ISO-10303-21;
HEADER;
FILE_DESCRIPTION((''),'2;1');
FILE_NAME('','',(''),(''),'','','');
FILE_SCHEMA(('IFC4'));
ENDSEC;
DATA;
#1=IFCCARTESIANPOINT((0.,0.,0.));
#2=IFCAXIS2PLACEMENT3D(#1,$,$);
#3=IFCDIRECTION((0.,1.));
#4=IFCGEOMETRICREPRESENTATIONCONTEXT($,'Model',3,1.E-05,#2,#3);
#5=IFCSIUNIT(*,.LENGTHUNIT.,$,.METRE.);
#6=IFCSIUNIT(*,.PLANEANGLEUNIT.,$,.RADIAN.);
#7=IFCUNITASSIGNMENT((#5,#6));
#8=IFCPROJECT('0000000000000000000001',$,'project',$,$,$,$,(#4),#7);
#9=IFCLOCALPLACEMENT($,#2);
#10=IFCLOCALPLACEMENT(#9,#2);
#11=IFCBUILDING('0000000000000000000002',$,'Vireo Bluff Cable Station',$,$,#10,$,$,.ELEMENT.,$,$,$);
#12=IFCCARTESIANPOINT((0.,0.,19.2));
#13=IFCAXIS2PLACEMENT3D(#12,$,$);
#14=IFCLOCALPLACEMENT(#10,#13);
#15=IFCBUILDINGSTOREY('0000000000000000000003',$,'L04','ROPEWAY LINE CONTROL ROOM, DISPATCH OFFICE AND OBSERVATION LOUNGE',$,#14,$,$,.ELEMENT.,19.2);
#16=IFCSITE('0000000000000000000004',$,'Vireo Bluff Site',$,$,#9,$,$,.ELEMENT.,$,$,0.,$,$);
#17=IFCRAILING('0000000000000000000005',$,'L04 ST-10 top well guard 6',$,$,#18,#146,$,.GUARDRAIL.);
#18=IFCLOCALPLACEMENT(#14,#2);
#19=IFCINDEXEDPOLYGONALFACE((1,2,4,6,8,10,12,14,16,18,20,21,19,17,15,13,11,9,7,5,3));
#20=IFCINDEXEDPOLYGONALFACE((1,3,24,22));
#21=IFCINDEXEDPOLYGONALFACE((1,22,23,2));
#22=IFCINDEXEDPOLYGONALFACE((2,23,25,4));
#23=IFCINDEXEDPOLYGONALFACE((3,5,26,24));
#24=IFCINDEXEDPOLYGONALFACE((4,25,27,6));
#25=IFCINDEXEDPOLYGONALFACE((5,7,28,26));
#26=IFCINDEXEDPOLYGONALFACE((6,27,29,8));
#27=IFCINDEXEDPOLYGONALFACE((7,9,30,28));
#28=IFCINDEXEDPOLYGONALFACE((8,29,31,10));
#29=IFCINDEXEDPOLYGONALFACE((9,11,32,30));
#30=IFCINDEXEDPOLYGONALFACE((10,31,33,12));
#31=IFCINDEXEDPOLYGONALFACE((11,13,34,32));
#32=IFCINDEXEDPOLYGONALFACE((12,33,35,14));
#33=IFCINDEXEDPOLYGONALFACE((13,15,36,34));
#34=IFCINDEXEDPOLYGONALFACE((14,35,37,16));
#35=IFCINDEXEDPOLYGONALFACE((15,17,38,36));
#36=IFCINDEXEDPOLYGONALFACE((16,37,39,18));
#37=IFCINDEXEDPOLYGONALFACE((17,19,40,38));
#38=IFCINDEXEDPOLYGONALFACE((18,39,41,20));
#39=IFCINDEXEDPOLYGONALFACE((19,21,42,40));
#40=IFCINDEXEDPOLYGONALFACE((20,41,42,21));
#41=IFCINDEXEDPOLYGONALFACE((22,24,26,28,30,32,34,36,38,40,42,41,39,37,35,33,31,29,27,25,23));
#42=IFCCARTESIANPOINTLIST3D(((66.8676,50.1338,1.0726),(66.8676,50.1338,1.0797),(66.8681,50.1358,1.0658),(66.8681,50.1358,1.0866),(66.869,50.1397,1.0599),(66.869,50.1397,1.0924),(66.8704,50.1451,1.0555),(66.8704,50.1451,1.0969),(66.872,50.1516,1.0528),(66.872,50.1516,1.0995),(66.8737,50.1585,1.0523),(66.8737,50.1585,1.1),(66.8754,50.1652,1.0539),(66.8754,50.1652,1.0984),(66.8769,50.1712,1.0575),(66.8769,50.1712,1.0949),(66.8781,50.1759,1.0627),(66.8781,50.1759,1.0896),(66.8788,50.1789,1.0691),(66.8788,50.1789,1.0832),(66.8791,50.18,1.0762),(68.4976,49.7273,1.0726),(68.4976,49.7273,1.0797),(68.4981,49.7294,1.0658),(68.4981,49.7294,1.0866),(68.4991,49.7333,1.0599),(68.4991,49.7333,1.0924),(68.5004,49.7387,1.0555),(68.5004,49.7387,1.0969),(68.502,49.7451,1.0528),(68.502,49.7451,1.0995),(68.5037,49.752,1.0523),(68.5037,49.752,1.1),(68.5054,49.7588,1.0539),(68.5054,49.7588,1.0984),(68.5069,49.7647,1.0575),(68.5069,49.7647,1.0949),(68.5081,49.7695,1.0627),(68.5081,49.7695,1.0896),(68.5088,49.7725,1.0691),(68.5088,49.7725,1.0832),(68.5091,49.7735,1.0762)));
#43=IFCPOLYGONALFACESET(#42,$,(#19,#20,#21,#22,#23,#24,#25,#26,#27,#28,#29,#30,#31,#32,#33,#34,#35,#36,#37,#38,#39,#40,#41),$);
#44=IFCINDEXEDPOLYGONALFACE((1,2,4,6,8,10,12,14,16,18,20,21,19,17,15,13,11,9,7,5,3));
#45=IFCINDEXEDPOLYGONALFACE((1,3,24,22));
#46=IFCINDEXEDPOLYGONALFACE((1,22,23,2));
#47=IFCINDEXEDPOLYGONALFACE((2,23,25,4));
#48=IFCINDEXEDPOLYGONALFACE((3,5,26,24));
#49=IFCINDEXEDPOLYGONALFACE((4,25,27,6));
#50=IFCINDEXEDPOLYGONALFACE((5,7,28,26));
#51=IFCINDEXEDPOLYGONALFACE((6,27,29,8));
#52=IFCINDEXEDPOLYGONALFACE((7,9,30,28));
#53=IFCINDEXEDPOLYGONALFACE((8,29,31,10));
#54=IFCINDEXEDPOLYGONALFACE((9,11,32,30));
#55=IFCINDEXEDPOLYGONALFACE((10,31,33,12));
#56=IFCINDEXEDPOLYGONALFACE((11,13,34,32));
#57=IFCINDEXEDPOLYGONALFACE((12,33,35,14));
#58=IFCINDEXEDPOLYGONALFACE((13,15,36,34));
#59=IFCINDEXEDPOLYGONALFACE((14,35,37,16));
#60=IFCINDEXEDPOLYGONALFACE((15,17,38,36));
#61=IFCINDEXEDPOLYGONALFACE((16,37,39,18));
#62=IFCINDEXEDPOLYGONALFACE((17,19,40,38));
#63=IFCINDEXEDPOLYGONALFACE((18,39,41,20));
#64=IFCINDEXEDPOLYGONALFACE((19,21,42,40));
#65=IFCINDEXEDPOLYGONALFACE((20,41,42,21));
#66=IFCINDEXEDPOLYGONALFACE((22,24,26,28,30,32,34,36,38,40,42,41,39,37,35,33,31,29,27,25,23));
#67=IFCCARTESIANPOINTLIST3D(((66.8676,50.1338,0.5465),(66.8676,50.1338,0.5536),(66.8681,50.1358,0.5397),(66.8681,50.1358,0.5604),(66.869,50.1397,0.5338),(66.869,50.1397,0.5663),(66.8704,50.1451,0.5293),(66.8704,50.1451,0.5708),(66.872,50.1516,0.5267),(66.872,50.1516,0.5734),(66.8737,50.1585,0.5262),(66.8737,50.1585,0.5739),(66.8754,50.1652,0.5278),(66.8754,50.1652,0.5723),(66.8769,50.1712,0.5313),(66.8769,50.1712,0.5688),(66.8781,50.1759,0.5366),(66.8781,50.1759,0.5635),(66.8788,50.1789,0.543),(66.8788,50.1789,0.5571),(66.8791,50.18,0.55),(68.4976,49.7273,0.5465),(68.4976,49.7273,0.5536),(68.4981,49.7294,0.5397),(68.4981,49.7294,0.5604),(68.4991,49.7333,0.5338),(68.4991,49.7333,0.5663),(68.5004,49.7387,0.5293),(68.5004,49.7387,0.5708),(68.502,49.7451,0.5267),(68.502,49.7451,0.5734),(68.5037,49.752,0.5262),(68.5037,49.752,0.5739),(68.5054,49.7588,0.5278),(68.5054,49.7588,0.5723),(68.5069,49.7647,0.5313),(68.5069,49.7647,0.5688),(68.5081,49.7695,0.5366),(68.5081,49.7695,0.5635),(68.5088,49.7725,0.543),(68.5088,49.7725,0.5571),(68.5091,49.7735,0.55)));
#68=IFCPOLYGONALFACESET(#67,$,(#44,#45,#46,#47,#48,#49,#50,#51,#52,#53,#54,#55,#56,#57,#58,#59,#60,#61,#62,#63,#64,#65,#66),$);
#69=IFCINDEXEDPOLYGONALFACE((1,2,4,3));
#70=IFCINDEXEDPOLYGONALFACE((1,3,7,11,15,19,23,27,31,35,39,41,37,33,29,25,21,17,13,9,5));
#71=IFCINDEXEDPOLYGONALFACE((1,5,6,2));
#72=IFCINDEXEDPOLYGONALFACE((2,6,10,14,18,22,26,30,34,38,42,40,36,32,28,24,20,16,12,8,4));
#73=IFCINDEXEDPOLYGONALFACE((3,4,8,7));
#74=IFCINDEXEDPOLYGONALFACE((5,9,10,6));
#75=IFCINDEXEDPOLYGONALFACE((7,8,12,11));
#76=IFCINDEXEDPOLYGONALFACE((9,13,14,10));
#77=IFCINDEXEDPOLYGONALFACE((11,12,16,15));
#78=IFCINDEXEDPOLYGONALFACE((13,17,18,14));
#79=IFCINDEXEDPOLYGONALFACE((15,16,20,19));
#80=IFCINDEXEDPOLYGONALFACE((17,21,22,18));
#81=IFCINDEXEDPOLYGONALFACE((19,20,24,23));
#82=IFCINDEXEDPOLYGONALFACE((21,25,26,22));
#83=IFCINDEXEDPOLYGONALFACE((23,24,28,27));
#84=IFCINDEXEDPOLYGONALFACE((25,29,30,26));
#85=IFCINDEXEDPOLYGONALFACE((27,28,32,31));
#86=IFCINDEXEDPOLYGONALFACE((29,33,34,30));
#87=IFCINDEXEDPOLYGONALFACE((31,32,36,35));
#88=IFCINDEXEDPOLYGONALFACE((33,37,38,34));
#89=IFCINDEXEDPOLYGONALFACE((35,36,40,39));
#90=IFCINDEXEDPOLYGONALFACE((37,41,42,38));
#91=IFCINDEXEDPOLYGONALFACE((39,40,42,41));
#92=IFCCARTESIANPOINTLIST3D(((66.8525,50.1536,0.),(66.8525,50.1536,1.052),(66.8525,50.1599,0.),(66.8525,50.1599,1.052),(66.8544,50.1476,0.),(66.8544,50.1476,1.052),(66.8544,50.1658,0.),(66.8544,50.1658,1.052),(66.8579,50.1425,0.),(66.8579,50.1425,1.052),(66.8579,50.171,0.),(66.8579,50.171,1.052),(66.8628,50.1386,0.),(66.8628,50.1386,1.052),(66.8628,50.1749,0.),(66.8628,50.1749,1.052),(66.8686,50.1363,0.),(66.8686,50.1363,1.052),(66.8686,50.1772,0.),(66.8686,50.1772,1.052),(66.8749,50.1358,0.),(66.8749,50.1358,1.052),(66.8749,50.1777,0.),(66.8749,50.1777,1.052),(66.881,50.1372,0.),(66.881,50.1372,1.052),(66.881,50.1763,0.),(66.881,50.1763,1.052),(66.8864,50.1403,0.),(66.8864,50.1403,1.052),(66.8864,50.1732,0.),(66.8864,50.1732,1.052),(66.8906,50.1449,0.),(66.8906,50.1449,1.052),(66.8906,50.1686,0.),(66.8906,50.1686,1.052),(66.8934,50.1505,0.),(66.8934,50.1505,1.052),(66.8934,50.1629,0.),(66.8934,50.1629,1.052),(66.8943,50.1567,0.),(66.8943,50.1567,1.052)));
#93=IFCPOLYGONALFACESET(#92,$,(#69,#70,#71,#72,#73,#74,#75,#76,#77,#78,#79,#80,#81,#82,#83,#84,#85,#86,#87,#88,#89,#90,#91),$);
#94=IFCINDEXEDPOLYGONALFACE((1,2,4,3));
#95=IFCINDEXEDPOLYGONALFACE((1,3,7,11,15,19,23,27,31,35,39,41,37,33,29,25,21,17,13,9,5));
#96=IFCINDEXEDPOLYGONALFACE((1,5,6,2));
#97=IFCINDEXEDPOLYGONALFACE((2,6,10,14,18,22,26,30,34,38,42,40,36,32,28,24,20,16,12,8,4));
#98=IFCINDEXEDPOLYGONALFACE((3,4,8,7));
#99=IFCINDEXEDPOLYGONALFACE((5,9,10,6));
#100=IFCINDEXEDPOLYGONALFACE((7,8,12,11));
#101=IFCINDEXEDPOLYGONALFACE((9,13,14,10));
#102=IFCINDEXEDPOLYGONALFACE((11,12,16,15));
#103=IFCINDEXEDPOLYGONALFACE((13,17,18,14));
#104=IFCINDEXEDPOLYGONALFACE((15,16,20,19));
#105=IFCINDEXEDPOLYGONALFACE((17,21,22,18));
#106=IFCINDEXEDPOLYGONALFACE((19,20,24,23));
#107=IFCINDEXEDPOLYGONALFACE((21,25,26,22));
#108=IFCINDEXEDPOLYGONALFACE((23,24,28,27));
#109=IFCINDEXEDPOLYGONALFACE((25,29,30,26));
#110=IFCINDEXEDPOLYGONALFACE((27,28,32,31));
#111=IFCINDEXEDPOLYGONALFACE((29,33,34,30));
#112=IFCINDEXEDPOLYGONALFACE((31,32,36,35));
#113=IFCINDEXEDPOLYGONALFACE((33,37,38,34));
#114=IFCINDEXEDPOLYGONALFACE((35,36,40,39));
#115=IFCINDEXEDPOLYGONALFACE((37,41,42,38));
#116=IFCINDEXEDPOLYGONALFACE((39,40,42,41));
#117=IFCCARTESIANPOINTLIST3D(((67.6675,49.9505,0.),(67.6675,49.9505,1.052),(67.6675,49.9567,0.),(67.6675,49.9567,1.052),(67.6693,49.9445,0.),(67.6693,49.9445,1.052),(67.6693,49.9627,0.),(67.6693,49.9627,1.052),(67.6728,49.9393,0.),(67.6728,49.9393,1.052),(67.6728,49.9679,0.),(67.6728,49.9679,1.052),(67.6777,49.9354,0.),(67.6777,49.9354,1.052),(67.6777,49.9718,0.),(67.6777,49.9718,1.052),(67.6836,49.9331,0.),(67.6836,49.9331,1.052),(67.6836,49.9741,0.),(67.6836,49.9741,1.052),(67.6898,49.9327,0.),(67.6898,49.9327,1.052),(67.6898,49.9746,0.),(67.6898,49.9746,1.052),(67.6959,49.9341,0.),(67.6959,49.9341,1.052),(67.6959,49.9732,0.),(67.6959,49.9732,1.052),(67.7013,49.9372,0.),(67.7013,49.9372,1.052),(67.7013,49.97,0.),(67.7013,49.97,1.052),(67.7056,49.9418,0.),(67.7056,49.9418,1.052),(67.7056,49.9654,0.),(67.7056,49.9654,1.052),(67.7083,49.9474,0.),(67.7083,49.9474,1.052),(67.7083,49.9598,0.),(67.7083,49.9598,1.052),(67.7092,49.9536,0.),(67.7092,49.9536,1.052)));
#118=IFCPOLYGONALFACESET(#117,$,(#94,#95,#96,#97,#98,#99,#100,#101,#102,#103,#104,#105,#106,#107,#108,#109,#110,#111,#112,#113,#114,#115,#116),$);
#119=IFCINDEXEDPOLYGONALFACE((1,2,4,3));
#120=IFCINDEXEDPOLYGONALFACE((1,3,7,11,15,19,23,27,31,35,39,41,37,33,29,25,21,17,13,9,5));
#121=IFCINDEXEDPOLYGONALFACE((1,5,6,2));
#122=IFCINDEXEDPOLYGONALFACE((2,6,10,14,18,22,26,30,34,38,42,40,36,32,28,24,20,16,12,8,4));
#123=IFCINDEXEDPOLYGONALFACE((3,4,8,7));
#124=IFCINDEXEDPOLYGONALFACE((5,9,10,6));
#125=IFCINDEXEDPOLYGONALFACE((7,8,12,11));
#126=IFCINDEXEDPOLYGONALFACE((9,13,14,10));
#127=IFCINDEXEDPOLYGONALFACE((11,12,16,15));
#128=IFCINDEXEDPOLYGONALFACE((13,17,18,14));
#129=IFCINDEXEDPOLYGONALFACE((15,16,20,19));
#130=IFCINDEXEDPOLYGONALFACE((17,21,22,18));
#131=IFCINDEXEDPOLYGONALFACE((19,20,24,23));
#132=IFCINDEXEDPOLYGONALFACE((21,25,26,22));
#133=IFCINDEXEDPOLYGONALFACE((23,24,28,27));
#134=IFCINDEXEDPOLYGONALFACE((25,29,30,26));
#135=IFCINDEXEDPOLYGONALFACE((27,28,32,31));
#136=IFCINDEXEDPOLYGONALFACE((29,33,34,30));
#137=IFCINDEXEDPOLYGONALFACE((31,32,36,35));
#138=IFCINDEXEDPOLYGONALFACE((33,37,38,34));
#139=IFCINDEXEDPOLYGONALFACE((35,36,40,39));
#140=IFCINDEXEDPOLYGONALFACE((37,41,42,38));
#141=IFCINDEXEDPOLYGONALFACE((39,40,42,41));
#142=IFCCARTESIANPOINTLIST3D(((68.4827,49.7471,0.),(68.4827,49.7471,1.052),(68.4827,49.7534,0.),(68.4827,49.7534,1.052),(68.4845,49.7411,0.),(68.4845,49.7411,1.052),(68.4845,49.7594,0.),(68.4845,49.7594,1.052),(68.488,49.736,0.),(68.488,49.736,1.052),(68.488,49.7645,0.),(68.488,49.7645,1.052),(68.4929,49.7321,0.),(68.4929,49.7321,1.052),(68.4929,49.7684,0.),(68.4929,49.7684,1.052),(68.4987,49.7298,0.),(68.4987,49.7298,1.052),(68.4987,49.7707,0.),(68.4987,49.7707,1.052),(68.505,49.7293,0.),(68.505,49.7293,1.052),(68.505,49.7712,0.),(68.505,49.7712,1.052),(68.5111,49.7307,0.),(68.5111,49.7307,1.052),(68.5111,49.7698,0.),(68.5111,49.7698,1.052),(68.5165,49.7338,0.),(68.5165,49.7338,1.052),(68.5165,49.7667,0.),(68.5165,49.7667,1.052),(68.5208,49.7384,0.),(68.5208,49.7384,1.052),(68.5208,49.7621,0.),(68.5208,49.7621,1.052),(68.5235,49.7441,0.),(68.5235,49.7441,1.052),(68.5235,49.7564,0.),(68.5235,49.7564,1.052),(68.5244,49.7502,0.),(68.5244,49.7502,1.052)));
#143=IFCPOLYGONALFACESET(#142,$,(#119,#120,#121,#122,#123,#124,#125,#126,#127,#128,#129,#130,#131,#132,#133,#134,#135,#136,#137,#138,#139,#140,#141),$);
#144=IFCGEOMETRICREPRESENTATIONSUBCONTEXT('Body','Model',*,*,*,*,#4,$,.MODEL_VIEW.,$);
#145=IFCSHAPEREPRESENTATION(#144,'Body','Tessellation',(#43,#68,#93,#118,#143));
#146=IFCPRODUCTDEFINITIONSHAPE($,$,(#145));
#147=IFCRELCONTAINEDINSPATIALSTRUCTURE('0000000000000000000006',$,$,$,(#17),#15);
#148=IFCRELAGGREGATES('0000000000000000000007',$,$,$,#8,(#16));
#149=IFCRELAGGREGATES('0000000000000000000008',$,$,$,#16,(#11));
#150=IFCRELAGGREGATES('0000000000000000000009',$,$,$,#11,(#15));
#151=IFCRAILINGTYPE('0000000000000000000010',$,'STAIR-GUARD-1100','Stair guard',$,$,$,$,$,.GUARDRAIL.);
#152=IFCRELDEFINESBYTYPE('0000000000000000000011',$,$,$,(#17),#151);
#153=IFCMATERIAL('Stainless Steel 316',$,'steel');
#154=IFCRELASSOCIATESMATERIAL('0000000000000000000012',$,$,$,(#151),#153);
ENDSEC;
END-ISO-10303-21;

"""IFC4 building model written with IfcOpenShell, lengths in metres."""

from ifc_helpers import new_model, si_unit, direction, frame, origin, origin_2d, place, context, subcontext, project, spatial, circle, extrude, material, type_object, element, save


model = new_model("IFC4")

# Units and contexts
model_context = context("Model", 3, precision=1e-05, world=origin(), true_north=direction((0.0, 1.0)))
body_context = subcontext(model_context, "Body", "Model", "MODEL_VIEW")
ifc_project = project(units=[si_unit("LENGTHUNIT", "METRE"), si_unit("PLANEANGLEUNIT", "RADIAN")], contexts=[model_context])

# Site, building, storey
site_placement = place(None, origin())
site = spatial("IfcSite", under=ifc_project, at=site_placement, Name="Vireo Bluff Site", CompositionType="ELEMENT", RefElevation=0.0)
building_placement = place(site_placement, origin())
building = spatial("IfcBuilding", under=site, at=building_placement, Name="Vireo Bluff Cable Station", CompositionType="ELEMENT")
storey_placement = place(building_placement, frame((0.0, 0.0, 19.2)))
storey = spatial("IfcBuildingStorey", under=building, at=storey_placement, Name="L04", Description="ROPEWAY LINE CONTROL ROOM, DISPATCH OFFICE AND OBSERVATION LOUNGE", CompositionType="ELEMENT", Elevation=19.2)

# Shared definitions
ifc_material_1 = material(Name="Stainless Steel 316", Category="steel")

# Railing
railing_type = type_object("IfcRailingType", Name="STAIR-GUARD-1100", Description="Stair guard", PredefinedType="GUARDRAIL", material=ifc_material_1)
for number, where, name in (
    (1, (66.8733, 50.1567, 0.0), "L04 ST-10 top well guard 6"),
):
    element("IfcRailing", number, at=place(storey_placement, frame(where)), inside=storey, type_object=railing_type, Name=name, PredefinedType="GUARDRAIL", context=body_context, shape_type="SweptSolid", body=[
        extrude(circle(Radius=0.0239, at=origin_2d()), frame((0.0, 0.0, 1.0762), z_axis=(0.970288, -0.241954, 0.0), x_axis=(0.241954, 0.970288, 0.0)), (0.0, 0.0, 1.0), 1.6799),
        extrude(circle(Radius=0.0239, at=origin_2d()), frame((0.0, 0.0, 0.55), z_axis=(0.970288, -0.241954, 0.0), x_axis=(0.241954, 0.970288, 0.0)), (0.0, 0.0, 1.0), 1.6799),
        extrude(circle(Radius=0.021, at=origin_2d()), origin(), (0.0, 0.0, 1.0), 1.052),
        extrude(circle(Radius=0.021, at=origin_2d()), frame((0.8149, -0.2031, 0.0)), (0.0, 0.0, 1.0), 1.052),
        extrude(circle(Radius=0.021, at=origin_2d()), frame((1.6301, -0.4065, 0.0)), (0.0, 0.0, 1.0), 1.052),
    ])

save(model, "model.ifc")
